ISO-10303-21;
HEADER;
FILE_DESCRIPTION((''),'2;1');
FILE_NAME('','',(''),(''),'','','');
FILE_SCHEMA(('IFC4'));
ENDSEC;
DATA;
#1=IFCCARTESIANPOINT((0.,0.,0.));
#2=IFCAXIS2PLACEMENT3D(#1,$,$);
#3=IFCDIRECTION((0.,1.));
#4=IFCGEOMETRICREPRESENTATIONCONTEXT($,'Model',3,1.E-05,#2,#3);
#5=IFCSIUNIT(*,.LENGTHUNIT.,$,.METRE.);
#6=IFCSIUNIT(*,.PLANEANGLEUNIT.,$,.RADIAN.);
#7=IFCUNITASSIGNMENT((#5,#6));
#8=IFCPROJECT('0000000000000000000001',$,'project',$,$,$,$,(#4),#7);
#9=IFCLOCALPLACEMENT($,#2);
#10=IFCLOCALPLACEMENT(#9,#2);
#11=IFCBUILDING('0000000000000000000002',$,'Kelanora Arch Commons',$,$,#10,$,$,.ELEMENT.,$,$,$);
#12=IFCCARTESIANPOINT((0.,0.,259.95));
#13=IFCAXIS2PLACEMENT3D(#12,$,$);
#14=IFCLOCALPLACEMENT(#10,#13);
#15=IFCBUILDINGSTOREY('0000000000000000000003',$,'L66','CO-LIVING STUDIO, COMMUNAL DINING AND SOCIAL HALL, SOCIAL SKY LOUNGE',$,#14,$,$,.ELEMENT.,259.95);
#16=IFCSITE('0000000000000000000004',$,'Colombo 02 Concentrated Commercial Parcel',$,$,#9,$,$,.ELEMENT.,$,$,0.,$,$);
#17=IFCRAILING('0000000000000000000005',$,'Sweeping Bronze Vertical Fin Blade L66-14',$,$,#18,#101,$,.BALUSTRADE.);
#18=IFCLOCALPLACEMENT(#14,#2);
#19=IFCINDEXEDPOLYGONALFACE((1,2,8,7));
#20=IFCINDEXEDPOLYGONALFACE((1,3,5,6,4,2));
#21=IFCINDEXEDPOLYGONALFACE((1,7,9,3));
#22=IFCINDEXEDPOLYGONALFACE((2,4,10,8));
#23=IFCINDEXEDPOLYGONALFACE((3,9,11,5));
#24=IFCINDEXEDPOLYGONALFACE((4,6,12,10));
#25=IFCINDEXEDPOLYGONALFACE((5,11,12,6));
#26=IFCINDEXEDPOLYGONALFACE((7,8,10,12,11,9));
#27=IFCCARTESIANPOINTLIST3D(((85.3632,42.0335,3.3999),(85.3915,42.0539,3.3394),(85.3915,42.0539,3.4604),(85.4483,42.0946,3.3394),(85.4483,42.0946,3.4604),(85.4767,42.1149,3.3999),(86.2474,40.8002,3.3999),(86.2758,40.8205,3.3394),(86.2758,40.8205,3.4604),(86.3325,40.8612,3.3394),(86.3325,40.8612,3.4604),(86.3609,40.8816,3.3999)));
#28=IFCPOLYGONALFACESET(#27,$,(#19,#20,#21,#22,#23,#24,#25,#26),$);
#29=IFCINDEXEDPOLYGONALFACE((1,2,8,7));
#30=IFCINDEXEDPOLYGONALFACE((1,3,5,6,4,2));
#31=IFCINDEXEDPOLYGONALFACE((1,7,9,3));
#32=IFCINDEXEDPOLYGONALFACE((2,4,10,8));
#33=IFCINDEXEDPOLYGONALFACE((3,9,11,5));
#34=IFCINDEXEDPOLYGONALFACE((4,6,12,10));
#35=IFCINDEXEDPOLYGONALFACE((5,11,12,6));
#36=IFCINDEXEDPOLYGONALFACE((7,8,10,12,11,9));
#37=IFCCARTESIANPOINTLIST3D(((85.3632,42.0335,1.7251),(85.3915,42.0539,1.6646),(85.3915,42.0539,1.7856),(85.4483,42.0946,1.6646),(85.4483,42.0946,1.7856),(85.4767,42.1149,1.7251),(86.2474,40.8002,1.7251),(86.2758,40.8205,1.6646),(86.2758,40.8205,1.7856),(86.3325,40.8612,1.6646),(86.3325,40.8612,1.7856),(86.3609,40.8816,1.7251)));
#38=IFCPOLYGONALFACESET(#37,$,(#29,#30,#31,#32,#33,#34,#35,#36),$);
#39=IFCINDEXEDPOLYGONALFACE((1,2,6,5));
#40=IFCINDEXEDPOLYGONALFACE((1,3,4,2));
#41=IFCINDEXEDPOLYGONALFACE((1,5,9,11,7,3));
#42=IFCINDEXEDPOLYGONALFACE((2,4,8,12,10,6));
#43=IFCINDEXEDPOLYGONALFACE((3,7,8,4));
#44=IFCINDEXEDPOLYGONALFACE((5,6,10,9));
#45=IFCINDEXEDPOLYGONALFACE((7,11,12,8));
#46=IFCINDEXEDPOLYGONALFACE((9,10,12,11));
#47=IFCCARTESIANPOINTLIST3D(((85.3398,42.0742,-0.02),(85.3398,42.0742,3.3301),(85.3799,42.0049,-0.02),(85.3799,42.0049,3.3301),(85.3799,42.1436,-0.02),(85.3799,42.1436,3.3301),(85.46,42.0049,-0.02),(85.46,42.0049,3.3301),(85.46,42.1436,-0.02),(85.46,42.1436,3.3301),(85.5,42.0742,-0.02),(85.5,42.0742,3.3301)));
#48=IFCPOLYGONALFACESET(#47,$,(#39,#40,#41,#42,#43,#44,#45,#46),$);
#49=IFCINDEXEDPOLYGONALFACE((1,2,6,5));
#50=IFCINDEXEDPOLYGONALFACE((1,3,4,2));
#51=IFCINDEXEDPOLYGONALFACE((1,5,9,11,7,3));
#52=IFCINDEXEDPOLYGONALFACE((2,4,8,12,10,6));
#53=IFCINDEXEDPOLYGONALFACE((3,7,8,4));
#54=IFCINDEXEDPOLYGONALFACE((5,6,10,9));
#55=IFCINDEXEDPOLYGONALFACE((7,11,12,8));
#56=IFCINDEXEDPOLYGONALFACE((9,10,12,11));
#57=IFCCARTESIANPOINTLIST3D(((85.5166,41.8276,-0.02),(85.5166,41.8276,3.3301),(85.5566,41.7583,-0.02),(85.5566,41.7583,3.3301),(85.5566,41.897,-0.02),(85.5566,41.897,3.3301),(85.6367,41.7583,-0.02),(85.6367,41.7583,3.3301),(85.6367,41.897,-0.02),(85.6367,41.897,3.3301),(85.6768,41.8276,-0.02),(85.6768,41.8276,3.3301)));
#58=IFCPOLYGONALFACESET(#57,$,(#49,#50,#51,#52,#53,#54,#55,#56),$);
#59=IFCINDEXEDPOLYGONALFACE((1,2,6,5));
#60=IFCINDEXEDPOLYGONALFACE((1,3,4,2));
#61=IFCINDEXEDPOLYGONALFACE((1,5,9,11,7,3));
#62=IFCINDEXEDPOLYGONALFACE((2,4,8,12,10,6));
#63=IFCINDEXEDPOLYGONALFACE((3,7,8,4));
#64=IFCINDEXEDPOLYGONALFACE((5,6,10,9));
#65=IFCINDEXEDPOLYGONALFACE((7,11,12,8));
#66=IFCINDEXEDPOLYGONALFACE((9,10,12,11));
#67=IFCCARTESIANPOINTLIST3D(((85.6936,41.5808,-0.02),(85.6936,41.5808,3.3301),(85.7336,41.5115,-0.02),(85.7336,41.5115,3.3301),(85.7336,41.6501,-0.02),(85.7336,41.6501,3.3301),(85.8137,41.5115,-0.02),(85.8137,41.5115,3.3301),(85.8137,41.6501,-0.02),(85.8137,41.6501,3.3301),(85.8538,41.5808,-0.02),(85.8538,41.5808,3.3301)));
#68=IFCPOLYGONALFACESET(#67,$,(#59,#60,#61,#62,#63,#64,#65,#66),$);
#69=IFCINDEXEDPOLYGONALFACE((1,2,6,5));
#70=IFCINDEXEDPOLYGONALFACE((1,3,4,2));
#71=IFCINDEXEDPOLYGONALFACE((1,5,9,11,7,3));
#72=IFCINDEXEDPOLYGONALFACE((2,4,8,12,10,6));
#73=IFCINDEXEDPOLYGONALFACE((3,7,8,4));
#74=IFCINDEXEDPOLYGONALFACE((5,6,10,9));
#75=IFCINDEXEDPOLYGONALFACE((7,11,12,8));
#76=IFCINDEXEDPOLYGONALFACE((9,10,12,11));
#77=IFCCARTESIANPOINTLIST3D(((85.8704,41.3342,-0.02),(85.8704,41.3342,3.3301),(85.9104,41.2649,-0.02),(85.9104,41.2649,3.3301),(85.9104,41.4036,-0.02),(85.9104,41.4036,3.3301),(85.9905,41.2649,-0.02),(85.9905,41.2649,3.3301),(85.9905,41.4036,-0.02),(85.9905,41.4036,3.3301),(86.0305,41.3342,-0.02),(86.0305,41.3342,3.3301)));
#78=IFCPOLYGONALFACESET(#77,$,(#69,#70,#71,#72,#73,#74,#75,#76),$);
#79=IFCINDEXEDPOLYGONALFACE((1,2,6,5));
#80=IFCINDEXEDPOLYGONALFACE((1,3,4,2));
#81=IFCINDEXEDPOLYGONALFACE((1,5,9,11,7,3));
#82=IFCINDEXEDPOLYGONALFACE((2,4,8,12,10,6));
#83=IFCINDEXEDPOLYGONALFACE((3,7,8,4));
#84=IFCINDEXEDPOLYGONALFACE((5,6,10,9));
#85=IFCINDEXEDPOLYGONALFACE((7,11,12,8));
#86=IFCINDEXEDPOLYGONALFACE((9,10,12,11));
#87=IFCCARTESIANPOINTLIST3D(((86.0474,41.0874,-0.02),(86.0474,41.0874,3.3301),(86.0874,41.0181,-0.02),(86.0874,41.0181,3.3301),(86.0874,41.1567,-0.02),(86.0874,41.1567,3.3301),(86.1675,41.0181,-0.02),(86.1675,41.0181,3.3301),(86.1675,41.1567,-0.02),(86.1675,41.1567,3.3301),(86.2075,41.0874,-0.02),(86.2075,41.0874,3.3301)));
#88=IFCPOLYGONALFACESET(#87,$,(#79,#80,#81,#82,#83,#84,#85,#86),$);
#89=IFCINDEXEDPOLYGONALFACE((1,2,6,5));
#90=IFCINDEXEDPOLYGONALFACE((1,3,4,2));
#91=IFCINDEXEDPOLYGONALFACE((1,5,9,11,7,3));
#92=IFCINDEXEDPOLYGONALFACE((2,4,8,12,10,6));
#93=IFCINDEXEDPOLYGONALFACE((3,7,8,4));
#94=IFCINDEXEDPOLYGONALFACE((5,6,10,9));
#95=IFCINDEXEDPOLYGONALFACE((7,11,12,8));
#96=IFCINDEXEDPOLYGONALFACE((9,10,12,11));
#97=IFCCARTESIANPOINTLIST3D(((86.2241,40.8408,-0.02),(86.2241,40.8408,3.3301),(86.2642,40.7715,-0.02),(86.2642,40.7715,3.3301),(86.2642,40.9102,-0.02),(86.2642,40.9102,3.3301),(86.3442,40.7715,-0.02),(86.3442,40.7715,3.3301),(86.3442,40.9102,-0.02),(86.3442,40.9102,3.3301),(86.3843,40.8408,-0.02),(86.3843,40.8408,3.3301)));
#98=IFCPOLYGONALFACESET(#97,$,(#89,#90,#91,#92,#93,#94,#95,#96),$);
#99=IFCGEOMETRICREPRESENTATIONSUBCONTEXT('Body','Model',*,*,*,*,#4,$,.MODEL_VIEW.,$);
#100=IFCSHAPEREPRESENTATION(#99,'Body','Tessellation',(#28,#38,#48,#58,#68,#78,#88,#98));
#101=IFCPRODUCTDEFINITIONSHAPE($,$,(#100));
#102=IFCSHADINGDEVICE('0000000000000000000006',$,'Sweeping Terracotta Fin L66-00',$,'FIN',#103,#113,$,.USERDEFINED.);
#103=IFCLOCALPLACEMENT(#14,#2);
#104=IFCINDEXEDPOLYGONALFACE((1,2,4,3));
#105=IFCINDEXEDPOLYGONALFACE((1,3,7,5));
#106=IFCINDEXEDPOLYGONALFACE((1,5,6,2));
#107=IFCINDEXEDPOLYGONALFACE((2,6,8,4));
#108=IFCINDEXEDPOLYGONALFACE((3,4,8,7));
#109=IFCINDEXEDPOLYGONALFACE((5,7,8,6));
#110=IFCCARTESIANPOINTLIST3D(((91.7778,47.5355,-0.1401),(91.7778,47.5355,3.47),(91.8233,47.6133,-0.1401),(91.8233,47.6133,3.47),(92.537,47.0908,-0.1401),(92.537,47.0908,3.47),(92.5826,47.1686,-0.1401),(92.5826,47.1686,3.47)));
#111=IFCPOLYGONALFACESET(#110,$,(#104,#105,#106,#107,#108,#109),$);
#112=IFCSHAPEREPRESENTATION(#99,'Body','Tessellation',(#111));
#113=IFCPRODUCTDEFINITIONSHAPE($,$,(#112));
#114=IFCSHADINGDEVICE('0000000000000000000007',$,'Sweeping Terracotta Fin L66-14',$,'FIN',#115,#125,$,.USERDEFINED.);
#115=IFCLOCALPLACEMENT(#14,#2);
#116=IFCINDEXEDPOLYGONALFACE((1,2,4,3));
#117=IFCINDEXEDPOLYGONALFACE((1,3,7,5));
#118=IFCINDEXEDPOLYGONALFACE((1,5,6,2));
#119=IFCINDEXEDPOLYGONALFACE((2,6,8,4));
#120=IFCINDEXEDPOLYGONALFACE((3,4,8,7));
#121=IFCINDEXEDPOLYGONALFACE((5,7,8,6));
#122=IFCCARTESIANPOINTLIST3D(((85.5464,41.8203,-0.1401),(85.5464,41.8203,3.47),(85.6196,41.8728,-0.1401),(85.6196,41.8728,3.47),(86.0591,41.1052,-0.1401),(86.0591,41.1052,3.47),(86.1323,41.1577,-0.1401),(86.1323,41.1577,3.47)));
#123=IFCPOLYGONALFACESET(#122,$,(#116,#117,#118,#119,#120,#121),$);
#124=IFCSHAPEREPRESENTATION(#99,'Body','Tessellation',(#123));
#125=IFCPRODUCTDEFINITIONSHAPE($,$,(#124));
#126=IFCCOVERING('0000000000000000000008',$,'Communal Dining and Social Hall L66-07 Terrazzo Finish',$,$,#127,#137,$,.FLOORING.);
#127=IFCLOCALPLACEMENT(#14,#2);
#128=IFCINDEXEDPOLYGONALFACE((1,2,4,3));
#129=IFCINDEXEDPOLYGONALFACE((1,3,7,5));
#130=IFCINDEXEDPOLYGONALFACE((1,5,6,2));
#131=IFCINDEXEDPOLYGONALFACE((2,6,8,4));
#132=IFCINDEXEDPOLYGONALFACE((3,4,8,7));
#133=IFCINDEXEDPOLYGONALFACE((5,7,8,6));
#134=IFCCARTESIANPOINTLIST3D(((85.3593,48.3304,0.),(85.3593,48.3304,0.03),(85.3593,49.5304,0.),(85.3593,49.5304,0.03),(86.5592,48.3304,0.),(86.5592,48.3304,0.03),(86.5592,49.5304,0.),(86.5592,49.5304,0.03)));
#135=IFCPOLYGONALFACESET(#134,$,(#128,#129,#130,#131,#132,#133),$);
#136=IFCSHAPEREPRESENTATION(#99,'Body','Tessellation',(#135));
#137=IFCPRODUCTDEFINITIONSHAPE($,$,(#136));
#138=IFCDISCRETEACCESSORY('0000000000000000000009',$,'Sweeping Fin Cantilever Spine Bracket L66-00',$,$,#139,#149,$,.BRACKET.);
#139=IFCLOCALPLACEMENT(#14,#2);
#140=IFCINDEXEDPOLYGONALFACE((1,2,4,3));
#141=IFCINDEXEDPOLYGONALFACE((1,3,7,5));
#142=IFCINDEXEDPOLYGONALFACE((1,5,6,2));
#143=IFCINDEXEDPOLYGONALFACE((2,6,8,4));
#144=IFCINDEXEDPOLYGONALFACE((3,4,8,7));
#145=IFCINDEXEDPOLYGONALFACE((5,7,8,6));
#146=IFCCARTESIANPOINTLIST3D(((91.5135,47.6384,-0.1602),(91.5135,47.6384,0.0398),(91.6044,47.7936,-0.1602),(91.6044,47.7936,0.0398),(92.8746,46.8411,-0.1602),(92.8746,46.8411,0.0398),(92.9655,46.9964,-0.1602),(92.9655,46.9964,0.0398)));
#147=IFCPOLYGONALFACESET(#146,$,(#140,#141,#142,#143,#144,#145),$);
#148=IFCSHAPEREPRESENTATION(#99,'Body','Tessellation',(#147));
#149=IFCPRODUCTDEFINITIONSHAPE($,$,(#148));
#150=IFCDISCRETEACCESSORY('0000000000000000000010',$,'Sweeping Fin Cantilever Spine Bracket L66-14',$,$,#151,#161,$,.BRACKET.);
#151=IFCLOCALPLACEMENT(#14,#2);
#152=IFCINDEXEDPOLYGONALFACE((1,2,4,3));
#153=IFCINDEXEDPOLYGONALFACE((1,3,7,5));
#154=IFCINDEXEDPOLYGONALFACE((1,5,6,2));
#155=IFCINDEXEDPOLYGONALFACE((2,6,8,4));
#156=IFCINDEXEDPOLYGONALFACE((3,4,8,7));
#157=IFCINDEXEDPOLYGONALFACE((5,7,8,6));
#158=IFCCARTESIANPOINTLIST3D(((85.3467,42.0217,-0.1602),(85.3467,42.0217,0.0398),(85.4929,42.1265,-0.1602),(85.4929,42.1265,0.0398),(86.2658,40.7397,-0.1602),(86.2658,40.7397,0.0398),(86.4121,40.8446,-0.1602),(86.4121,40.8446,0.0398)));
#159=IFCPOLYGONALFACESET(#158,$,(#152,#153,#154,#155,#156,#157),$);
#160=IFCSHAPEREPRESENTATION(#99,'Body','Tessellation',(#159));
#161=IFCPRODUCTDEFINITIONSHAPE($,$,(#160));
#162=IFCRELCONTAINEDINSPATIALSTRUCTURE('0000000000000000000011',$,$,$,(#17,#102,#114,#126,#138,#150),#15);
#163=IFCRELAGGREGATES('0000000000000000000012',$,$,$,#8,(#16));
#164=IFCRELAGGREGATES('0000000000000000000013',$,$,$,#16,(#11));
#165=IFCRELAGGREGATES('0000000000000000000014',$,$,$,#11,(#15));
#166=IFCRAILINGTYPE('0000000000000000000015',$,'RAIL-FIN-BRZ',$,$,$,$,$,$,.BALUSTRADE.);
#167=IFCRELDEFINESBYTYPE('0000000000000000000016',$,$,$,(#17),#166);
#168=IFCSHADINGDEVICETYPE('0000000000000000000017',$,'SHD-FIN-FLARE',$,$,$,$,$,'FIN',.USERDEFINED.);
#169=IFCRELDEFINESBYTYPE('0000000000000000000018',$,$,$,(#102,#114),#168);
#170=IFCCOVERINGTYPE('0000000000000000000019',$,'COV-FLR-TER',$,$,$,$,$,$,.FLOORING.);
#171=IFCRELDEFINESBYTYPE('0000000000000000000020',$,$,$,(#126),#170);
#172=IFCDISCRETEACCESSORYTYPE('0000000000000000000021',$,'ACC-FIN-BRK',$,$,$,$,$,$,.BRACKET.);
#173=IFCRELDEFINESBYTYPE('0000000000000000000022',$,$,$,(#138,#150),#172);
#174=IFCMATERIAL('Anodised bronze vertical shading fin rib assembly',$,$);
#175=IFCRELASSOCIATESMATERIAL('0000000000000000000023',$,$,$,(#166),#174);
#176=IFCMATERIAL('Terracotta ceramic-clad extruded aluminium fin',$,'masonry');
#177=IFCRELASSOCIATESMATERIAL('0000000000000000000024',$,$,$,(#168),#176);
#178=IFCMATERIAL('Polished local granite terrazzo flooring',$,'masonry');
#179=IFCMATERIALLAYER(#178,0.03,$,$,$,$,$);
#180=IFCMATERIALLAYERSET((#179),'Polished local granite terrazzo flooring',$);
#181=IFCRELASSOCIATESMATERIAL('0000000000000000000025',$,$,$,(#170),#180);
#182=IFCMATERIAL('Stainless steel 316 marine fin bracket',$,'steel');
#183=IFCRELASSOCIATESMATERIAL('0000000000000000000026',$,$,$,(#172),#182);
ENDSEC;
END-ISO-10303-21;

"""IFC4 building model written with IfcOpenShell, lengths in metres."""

from ifc_helpers import new_model, si_unit, direction, frame, origin, origin_2d, place, context, subcontext, project, spatial, polyline, rectangle, outline, extrude, source, transform, mapped, material, layer, layer_set, type_object, element, save


model = new_model("IFC4")

# Units and contexts
model_context = context("Model", 3, precision=1e-05, world=origin(), true_north=direction((0.0, 1.0)))
body_context = subcontext(model_context, "Body", "Model", "MODEL_VIEW")
ifc_project = project(units=[si_unit("LENGTHUNIT", "METRE"), si_unit("PLANEANGLEUNIT", "RADIAN")], contexts=[model_context])

# Site, building, storey
site_placement = place(None, origin())
site = spatial("IfcSite", under=ifc_project, at=site_placement, Name="Colombo 02 Concentrated Commercial Parcel", CompositionType="ELEMENT", RefElevation=0.0)
building_placement = place(site_placement, origin())
building = spatial("IfcBuilding", under=site, at=building_placement, Name="Kelanora Arch Commons", CompositionType="ELEMENT")
storey_placement = place(building_placement, frame((0.0, 0.0, 259.95)))
storey = spatial("IfcBuildingStorey", under=building, at=storey_placement, Name="L66", Description="CO-LIVING STUDIO, COMMUNAL DINING AND SOCIAL HALL, SOCIAL SKY LOUNGE", CompositionType="ELEMENT", Elevation=259.95)

# Railing
ifc_material_1 = material(Name="Anodised bronze vertical shading fin rib assembly")
railing_type = type_object("IfcRailingType", Name="RAIL-FIN-BRZ", PredefinedType="BALUSTRADE", material=ifc_material_1)
railing_1_placement = place(storey_placement, frame((85.4199, 42.0742, -0.02)))
element("IfcRailing", 1, at=railing_1_placement, inside=storey, type_object=railing_type, Name="Sweeping Bronze Vertical Fin Blade L66-14", PredefinedType="BALUSTRADE", context=body_context, shape_type="SweptSolid", body=[
    extrude(outline(polyline([(0.0698, 0.0), (0.0349, 0.0605), (-0.0349, 0.0605), (-0.0698, 0.0), (-0.0349, -0.0605), (0.0349, -0.0605), (0.0698, 0.0)])), frame((0.0, 0.0, 3.4199), z_axis=(0.582668, -0.81271, 0.0), x_axis=(0.81271, 0.582668, 0.0)), (0.0, 0.0, 1.0), 1.5176),
    extrude(outline(polyline([(0.0698, 0.0), (0.0349, 0.0605), (-0.0349, 0.0605), (-0.0698, 0.0), (-0.0349, -0.0605), (0.0349, -0.0605), (0.0698, 0.0)])), frame((0.0, 0.0, 1.7451), z_axis=(0.582668, -0.81271, 0.0), x_axis=(0.81271, 0.582668, 0.0)), (0.0, 0.0, 1.0), 1.5176),
    extrude(outline(polyline([(0.0801, 0.0), (0.04, 0.0693), (-0.04, 0.0693), (-0.0801, 0.0), (-0.04, -0.0693), (0.04, -0.0693), (0.0801, 0.0)])), origin(), (0.0, 0.0, 1.0), 3.3501),
    extrude(outline(polyline([(0.0801, 0.0), (0.04, 0.0693), (-0.04, 0.0693), (-0.0801, 0.0), (-0.04, -0.0693), (0.04, -0.0693), (0.0801, 0.0)])), frame((0.1768, -0.2466, 0.0)), (0.0, 0.0, 1.0), 3.3501),
    extrude(outline(polyline([(0.0801, 0.0), (0.04, 0.0693), (-0.04, 0.0693), (-0.0801, 0.0), (-0.04, -0.0693), (0.04, -0.0693), (0.0801, 0.0)])), frame((0.3538, -0.4934, 0.0)), (0.0, 0.0, 1.0), 3.3501),
    extrude(outline(polyline([(0.0801, 0.0), (0.04, 0.0693), (-0.04, 0.0693), (-0.0801, 0.0), (-0.04, -0.0693), (0.04, -0.0693), (0.0801, 0.0)])), frame((0.5305, -0.74, 0.0)), (0.0, 0.0, 1.0), 3.3501),
    extrude(outline(polyline([(0.0801, 0.0), (0.04, 0.0693), (-0.04, 0.0693), (-0.0801, 0.0), (-0.04, -0.0693), (0.04, -0.0693), (0.0801, 0.0)])), frame((0.7075, -0.9868, 0.0)), (0.0, 0.0, 1.0), 3.3501),
    extrude(outline(polyline([(0.0801, 0.0), (0.04, 0.0693), (-0.04, 0.0693), (-0.0801, 0.0), (-0.04, -0.0693), (0.04, -0.0693), (0.0801, 0.0)])), frame((0.8843, -1.2334, 0.0)), (0.0, 0.0, 1.0), 3.3501),
])

# Shading devices
ifc_material_2 = material(Name="Terracotta ceramic-clad extruded aluminium fin", Category="masonry")
shading_device_type = type_object("IfcShadingDeviceType", Name="SHD-FIN-FLARE", ElementType="FIN", PredefinedType="USERDEFINED", material=ifc_material_2)
shared_shape_1 = source(origin(), body_context, "Body", "SweptSolid", [
    extrude(rectangle(XDim=0.8799, YDim=0.0901, at=origin_2d()), origin(), (0.0, 0.0, 1.0), 3.6101),
])
for number, where, z_axis, x_axis, name in (
    (2, (92.1802, 47.3521, -0.1401), (0.0, 0.0, 1.0), (0.862867, -0.505431, 0.0), "Sweeping Terracotta Fin L66-00"),
    (3, (85.8394, 41.489, -0.1401), (0.0, 0.0, 1.0), (0.58269, -0.812694, 0.0), "Sweeping Terracotta Fin L66-14"),
):
    element("IfcShadingDevice", number, at=place(storey_placement, frame(where, z_axis=z_axis, x_axis=x_axis)), inside=storey, type_object=shading_device_type, Name=name, ObjectType="FIN", PredefinedType="USERDEFINED", context=body_context, shape_type="MappedRepresentation", body=[
        mapped(shared_shape_1, transform((0.0, 0.0, 0.0), scale=1.0)),
    ])

# Covering
ifc_material_3 = material(Name="Polished local granite terrazzo flooring", Category="masonry")
ifc_layer_1 = layer(ifc_material_3, 0.03)
ifc_layer_set_1 = layer_set([ifc_layer_1], Name="Polished local granite terrazzo flooring")
covering_type = type_object("IfcCoveringType", Name="COV-FLR-TER", PredefinedType="FLOORING", material=ifc_layer_set_1)
shared_shape_2 = source(origin(), body_context, "Body", "SweptSolid", [
    extrude(rectangle(XDim=1.2, YDim=1.2, at=origin_2d()), origin(), (0.0, 0.0, 1.0), 0.03),
])
covering_placement = place(storey_placement, frame((85.9592, 48.9304, 0.0), z_axis=(0.0, 0.0, 1.0), x_axis=(1.0, 0.0, 0.0)))
element("IfcCovering", 4, at=covering_placement, inside=storey, type_object=covering_type, Name="Communal Dining and Social Hall L66-07 Terrazzo Finish", PredefinedType="FLOORING", context=body_context, shape_type="MappedRepresentation", body=[
    mapped(shared_shape_2, transform((0.0, 0.0, 0.0), scale=1.0)),
])

# Discrete accessories
ifc_material_4 = material(Name="Stainless steel 316 marine fin bracket", Category="steel")
discrete_accessory_type = type_object("IfcDiscreteAccessoryType", Name="ACC-FIN-BRK", PredefinedType="BRACKET", material=ifc_material_4)
shared_shape_3 = source(origin(), body_context, "Body", "SweptSolid", [
    extrude(rectangle(XDim=1.5774, YDim=0.1799, at=origin_2d()), origin(), (0.0, 0.0, 1.0), 0.2),
])
for number, where, z_axis, x_axis, name in (
    (5, (92.2395, 47.3174, -0.1602), (0.0, 0.0, 1.0), (0.862867, -0.505431, 0.0), "Sweeping Fin Cantilever Spine Bracket L66-00"),
    (6, (85.8794, 41.4331, -0.1602), (0.0, 0.0, 1.0), (0.58269, -0.812694, 0.0), "Sweeping Fin Cantilever Spine Bracket L66-14"),
):
    element("IfcDiscreteAccessory", number, at=place(storey_placement, frame(where, z_axis=z_axis, x_axis=x_axis)), inside=storey, type_object=discrete_accessory_type, Name=name, PredefinedType="BRACKET", context=body_context, shape_type="MappedRepresentation", body=[
        mapped(shared_shape_3, transform((0.0, 0.0, 0.0), scale=1.0)),
    ])

save(model, "model.ifc")
